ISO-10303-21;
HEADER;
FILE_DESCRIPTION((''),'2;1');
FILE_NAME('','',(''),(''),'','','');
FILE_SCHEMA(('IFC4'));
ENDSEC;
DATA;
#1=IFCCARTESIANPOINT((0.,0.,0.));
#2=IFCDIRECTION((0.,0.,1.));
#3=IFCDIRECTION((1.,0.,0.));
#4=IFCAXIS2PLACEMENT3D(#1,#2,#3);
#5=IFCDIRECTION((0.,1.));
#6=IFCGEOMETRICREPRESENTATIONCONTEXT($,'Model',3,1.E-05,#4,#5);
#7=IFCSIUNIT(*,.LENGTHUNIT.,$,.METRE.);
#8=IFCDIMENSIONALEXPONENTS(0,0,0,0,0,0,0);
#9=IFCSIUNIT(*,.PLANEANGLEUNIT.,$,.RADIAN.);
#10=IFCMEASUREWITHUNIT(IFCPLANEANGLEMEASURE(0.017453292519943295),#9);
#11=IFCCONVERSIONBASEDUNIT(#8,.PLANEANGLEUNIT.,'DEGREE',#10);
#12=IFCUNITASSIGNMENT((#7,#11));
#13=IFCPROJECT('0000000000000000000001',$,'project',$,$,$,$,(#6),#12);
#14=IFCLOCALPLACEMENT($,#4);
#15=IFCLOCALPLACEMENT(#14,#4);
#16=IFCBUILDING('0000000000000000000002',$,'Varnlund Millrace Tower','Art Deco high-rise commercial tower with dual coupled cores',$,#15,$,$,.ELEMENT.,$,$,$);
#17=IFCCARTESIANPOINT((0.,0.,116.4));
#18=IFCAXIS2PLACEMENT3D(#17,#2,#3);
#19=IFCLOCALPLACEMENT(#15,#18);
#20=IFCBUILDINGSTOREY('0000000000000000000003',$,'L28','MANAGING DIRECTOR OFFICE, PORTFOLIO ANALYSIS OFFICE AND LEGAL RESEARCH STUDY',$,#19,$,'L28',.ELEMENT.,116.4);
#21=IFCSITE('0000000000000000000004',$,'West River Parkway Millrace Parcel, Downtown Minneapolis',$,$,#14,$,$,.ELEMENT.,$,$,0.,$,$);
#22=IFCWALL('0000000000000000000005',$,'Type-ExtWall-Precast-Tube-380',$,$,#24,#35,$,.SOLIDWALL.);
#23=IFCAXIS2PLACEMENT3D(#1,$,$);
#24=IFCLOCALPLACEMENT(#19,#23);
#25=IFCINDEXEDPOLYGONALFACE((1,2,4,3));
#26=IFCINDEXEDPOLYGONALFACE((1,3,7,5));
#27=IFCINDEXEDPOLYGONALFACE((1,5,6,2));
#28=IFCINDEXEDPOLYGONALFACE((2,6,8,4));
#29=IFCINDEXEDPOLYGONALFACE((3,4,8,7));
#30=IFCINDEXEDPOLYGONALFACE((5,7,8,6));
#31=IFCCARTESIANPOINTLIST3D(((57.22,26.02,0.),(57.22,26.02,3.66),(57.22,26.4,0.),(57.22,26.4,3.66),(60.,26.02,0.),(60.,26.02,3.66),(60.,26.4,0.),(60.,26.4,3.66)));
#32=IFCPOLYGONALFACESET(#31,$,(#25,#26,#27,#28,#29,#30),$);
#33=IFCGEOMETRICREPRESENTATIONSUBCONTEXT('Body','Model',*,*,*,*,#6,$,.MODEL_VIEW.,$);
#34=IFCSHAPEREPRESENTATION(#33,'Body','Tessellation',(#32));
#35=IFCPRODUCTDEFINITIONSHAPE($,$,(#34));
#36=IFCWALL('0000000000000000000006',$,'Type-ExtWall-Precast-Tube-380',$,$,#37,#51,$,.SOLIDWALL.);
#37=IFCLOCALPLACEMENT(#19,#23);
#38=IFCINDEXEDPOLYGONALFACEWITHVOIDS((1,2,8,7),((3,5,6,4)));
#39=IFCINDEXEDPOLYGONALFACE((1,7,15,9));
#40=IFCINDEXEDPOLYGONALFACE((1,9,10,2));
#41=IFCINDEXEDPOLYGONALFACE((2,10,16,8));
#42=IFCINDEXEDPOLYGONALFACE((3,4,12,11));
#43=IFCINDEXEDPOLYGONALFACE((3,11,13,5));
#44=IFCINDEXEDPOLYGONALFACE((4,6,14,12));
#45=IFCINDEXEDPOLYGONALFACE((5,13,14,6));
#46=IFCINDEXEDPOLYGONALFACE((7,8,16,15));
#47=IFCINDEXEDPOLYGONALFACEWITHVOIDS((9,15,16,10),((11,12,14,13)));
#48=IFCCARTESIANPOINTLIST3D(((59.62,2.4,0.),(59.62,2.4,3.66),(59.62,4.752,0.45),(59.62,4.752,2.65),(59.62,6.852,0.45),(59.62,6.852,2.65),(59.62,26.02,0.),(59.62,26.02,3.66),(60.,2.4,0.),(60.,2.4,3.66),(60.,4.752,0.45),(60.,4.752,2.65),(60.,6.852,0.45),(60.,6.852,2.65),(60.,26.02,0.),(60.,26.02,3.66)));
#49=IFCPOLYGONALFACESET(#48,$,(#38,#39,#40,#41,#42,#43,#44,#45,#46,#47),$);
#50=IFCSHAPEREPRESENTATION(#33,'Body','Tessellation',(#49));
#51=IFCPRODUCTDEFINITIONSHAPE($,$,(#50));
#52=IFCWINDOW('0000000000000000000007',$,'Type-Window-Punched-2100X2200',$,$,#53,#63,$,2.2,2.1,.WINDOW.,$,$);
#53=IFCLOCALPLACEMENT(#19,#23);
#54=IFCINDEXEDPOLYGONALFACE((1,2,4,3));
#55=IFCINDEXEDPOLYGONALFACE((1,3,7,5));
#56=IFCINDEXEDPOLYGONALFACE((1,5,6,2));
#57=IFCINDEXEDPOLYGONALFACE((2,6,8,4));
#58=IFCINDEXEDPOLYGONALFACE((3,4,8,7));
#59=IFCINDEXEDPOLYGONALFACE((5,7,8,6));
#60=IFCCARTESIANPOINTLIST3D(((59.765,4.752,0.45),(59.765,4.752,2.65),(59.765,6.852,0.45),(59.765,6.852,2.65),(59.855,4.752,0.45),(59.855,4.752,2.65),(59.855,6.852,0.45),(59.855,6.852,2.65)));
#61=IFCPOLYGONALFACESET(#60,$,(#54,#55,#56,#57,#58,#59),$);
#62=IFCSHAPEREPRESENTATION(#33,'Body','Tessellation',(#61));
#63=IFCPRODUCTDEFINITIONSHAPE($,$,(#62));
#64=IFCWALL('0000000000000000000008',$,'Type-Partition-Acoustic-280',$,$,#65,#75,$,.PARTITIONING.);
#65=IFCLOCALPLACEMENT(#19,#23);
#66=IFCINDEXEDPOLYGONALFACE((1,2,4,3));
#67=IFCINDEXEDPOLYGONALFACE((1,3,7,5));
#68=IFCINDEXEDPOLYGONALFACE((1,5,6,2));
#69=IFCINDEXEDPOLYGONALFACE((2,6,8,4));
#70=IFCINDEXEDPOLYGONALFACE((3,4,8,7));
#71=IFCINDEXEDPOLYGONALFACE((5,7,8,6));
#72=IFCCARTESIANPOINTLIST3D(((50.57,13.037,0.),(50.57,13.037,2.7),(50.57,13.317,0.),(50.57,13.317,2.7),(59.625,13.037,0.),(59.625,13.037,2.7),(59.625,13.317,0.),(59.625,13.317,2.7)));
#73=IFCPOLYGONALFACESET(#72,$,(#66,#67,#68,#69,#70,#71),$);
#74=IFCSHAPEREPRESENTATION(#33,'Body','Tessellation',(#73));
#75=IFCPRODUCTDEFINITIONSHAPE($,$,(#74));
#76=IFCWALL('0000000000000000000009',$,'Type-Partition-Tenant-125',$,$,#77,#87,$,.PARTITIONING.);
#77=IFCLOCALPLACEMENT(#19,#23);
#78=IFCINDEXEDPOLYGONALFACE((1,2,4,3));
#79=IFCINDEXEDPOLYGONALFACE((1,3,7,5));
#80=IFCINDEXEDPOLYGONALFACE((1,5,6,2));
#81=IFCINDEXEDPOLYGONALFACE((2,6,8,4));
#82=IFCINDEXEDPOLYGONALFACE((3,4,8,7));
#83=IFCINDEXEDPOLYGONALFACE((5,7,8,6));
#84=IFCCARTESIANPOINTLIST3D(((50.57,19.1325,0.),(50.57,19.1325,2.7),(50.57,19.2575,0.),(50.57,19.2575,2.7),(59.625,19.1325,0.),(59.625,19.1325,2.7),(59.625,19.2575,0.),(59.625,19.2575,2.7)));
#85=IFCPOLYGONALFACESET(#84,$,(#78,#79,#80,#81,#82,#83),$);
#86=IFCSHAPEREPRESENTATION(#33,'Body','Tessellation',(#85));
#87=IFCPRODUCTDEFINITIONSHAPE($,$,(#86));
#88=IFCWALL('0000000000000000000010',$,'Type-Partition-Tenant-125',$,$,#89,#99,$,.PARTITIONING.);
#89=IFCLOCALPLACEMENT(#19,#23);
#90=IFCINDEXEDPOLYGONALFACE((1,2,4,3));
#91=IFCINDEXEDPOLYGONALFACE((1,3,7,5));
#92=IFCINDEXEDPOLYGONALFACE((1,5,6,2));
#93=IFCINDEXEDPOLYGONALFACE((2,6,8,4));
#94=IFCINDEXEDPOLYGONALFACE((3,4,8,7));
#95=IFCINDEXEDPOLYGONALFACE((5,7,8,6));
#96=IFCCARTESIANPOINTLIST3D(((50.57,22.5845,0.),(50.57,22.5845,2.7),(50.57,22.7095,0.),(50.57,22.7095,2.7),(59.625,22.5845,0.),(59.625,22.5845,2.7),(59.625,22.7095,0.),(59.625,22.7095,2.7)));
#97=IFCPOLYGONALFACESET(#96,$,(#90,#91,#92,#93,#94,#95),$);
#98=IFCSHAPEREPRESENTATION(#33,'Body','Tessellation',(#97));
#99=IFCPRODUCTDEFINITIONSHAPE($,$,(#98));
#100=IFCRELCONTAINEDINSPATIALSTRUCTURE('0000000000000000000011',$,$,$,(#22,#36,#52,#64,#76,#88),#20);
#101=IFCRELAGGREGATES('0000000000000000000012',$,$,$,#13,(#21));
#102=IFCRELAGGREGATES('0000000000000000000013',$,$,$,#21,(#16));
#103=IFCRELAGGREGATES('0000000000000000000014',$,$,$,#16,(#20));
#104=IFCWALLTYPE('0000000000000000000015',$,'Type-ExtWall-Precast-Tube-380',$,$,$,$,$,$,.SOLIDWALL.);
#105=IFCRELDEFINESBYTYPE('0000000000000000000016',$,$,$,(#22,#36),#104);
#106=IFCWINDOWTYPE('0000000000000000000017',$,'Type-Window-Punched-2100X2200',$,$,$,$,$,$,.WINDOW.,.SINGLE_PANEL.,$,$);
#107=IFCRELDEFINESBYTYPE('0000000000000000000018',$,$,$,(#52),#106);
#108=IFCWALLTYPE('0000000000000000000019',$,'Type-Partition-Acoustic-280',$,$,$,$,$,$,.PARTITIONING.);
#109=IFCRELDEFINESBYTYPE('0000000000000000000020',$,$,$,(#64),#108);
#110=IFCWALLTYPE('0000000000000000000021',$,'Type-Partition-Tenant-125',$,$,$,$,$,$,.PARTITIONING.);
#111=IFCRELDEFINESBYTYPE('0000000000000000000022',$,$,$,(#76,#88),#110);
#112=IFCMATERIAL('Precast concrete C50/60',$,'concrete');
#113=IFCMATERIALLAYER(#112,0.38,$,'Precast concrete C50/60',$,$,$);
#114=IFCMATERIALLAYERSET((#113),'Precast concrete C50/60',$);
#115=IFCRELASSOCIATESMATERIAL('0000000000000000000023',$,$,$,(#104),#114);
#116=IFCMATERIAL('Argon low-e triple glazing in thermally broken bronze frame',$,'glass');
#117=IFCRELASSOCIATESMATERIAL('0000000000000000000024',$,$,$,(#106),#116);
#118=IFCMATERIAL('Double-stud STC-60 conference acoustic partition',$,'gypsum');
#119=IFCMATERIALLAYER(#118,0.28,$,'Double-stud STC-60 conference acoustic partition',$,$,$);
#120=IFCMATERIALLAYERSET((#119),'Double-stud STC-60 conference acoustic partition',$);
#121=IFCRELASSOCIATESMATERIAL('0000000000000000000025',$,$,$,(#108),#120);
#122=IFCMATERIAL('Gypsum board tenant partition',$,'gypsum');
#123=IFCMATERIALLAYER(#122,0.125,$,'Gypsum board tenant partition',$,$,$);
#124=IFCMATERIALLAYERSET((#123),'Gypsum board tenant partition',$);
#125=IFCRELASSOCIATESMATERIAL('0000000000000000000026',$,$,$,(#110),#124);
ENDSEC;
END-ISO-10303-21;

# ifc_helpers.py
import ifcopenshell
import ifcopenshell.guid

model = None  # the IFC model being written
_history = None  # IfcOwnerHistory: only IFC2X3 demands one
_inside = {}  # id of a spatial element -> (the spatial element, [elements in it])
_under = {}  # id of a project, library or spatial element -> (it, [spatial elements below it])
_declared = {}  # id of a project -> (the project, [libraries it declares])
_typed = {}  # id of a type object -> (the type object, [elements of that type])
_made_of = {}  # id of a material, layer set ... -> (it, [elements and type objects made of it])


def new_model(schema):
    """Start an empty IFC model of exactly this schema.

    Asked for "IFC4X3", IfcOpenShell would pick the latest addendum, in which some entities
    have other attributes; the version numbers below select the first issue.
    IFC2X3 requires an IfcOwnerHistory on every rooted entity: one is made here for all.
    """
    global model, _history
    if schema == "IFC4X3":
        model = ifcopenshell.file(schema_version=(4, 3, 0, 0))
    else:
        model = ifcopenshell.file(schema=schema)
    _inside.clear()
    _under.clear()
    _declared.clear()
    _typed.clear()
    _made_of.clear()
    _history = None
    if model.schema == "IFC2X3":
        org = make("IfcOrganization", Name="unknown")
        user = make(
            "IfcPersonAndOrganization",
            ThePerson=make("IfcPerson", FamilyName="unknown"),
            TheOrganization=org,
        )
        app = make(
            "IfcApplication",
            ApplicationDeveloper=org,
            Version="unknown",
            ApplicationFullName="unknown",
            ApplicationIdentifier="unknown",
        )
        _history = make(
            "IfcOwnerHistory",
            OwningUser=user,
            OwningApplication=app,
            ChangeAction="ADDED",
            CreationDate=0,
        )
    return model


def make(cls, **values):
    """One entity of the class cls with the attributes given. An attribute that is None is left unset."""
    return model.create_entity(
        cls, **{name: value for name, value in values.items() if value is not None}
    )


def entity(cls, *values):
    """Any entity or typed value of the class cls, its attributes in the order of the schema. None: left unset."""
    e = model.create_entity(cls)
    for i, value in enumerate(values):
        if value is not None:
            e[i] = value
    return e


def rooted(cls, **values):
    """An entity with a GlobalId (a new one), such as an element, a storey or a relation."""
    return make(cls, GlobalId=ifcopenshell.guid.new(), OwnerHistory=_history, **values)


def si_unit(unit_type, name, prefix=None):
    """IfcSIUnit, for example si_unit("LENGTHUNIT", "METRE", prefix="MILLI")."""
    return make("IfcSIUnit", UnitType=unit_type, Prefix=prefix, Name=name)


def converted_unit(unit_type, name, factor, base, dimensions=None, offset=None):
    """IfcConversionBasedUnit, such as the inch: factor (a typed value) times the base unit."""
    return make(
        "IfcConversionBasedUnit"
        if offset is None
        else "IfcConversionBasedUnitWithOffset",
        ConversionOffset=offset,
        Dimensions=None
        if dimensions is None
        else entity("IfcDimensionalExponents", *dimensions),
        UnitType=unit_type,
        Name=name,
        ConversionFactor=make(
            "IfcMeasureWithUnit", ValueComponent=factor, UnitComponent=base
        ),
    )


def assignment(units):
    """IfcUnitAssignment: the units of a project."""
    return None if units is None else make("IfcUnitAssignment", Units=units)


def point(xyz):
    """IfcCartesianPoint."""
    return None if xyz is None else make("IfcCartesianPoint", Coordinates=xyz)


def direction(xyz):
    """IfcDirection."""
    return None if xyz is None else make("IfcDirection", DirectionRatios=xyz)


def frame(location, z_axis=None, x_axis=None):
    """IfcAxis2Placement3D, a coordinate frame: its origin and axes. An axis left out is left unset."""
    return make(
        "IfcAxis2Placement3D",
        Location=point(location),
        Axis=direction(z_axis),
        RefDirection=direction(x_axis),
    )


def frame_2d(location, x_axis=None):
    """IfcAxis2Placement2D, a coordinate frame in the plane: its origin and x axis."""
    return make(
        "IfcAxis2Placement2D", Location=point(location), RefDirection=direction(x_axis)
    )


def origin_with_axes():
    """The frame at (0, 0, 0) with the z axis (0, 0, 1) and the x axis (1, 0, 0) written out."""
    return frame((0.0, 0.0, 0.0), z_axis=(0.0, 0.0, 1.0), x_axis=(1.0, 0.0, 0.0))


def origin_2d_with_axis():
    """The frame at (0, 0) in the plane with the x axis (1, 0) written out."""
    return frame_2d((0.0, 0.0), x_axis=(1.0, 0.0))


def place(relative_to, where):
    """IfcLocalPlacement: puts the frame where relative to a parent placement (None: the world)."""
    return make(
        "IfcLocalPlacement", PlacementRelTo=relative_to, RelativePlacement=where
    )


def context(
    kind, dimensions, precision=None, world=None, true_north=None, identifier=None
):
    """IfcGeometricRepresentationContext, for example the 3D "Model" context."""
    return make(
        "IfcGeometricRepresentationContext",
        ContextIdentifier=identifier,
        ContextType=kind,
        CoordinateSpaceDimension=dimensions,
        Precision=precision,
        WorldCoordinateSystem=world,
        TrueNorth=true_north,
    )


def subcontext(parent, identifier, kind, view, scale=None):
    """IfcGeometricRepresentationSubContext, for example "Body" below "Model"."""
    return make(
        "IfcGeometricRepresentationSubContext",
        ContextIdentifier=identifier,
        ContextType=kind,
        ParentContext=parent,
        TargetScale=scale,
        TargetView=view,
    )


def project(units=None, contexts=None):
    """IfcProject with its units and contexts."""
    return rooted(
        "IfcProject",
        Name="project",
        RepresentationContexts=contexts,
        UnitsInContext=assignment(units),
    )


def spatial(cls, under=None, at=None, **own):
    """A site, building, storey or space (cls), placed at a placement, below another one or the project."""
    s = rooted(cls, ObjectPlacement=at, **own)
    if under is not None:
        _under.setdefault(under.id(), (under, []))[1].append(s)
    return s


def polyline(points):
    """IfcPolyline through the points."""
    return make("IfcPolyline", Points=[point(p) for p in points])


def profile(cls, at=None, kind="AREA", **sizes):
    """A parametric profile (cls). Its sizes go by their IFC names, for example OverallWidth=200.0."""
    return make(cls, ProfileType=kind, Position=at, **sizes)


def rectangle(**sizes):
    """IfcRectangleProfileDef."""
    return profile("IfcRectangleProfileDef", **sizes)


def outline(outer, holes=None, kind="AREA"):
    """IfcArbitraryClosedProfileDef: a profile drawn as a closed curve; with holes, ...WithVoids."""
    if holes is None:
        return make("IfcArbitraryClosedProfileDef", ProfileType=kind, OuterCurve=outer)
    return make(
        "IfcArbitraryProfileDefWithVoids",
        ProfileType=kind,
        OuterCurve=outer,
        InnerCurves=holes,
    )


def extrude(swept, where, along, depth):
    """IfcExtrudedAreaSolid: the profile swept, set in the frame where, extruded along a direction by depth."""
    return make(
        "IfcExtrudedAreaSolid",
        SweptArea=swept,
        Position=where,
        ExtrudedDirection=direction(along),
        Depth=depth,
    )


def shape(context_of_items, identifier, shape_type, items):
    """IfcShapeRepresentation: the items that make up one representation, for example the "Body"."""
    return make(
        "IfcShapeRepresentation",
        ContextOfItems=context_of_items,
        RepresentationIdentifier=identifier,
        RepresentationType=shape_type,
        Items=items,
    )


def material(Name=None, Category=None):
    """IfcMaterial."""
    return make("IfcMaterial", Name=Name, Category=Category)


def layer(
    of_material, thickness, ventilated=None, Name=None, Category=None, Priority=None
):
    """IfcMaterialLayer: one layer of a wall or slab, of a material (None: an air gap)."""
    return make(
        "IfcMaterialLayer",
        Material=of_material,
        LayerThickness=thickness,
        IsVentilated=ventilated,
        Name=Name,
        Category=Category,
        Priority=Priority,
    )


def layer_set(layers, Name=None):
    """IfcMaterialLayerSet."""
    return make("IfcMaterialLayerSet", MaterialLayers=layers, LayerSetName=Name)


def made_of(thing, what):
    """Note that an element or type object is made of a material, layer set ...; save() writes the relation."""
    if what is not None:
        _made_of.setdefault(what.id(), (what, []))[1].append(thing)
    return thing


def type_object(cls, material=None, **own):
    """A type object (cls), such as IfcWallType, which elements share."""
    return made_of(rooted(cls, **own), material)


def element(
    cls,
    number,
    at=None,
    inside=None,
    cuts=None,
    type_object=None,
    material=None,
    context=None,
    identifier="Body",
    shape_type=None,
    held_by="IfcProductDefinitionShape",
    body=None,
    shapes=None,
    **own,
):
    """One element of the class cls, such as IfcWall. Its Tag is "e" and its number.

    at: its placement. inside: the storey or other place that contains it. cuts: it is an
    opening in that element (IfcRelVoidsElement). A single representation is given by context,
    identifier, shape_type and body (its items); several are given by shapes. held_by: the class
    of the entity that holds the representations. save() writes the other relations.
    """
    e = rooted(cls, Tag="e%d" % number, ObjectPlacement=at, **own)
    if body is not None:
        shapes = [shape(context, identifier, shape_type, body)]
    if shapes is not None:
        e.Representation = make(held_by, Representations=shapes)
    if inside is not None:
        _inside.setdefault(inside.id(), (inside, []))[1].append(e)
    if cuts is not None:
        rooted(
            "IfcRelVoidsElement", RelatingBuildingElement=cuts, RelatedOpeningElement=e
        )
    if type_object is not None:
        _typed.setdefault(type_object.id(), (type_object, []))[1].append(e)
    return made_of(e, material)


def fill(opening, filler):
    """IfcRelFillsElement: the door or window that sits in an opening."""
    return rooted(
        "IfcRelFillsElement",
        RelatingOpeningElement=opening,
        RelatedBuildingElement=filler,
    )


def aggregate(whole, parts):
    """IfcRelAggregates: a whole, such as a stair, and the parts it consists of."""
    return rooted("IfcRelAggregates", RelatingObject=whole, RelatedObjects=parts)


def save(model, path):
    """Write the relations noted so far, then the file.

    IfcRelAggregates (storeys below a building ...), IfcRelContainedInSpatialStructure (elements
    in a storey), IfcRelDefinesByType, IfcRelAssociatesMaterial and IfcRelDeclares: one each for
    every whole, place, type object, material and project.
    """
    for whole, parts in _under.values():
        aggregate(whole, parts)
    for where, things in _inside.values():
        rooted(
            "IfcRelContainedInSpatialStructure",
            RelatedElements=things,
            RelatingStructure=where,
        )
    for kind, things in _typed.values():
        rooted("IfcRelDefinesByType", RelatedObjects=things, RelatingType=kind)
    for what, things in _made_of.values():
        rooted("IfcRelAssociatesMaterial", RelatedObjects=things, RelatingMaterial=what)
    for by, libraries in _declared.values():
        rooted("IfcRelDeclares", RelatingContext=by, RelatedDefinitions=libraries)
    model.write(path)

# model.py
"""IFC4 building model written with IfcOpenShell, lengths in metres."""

from ifc_helpers import new_model, entity, si_unit, converted_unit, direction, frame, origin_with_axes, origin_2d_with_axis, place, context, subcontext, project, spatial, polyline, rectangle, outline, extrude, material, layer, layer_set, type_object, element, fill, save


model = new_model("IFC4")

# Units and contexts
model_context = context("Model", 3, precision=1e-05, world=origin_with_axes(), true_north=direction((0.0, 1.0)))
body_context = subcontext(model_context, "Body", "Model", "MODEL_VIEW")
ifc_project = project(units=[si_unit("LENGTHUNIT", "METRE"), converted_unit("PLANEANGLEUNIT", "DEGREE", entity("IfcPlaneAngleMeasure", 0.017453292519943295), si_unit("PLANEANGLEUNIT", "RADIAN"), dimensions=[0, 0, 0, 0, 0, 0, 0])], contexts=[model_context])

# Site, building, storey
site_placement = place(None, origin_with_axes())
site = spatial("IfcSite", under=ifc_project, at=site_placement, Name="West River Parkway Millrace Parcel, Downtown Minneapolis", CompositionType="ELEMENT", RefElevation=0.0)
building_placement = place(site_placement, origin_with_axes())
building = spatial("IfcBuilding", under=site, at=building_placement, Name="Varnlund Millrace Tower", Description="Art Deco high-rise commercial tower with dual coupled cores", CompositionType="ELEMENT")
storey_placement = place(building_placement, frame((0.0, 0.0, 116.4), z_axis=(0.0, 0.0, 1.0), x_axis=(1.0, 0.0, 0.0)))
storey = spatial("IfcBuildingStorey", under=building, at=storey_placement, Name="L28", Description="MANAGING DIRECTOR OFFICE, PORTFOLIO ANALYSIS OFFICE AND LEGAL RESEARCH STUDY", LongName="L28", CompositionType="ELEMENT", Elevation=116.4)

# Wall
ifc_material_1 = material(Name="Precast concrete C50/60", Category="concrete")
ifc_layer_1 = layer(ifc_material_1, 0.38, Name="Precast concrete C50/60")
ifc_layer_set_1 = layer_set([ifc_layer_1], Name="Precast concrete C50/60")
wall_type_1 = type_object("IfcWallType", Name="Type-ExtWall-Precast-Tube-380", PredefinedType="SOLIDWALL", material=ifc_layer_set_1)
wall_1_placement = place(storey_placement, frame((57.22, 26.21, 0.0), z_axis=(0.0, 0.0, 1.0), x_axis=(1.0, 0.0, 0.0)))
element("IfcWall", 1, at=wall_1_placement, inside=storey, type_object=wall_type_1, Name="Type-ExtWall-Precast-Tube-380", PredefinedType="SOLIDWALL", context=body_context, shape_type="SweptSolid", body=[
    extrude(outline(polyline([(0.0, -0.19), (2.78, -0.19), (2.78, 0.19), (0.0, 0.19), (0.0, -0.19)])), origin_with_axes(), (0.0, 0.0, 1.0), 3.66),
])

# Wall, opening, window
wall_2_placement = place(storey_placement, frame((59.81, 26.02, 0.0), z_axis=(0.0, 0.0, 1.0), x_axis=(0.0, -1.0, 0.0)))
wall_2 = element("IfcWall", 2, at=wall_2_placement, inside=storey, type_object=wall_type_1, Name="Type-ExtWall-Precast-Tube-380", PredefinedType="SOLIDWALL", context=body_context, shape_type="SweptSolid", body=[
    extrude(outline(polyline([(0.0, -0.19), (23.62, -0.19), (23.62, 0.19), (0.0, 0.19), (0.0, -0.19)])), origin_with_axes(), (0.0, 0.0, 1.0), 3.66),
])
opening_placement = place(wall_2_placement, frame((20.218, 0.0, 0.45), z_axis=(0.0, 0.0, 1.0), x_axis=(1.0, 0.0, 0.0)))
opening = element("IfcOpeningElement", 3, at=opening_placement, cuts=wall_2, PredefinedType="OPENING", context=body_context, shape_type="SweptSolid", body=[
    extrude(rectangle(XDim=2.1, YDim=0.4, at=origin_2d_with_axis()), origin_with_axes(), (0.0, 0.0, 1.0), 2.2),
])
ifc_material_2 = material(Name="Argon low-e triple glazing in thermally broken bronze frame", Category="glass")
window_type = type_object("IfcWindowType", Name="Type-Window-Punched-2100X2200", PartitioningType="SINGLE_PANEL", PredefinedType="WINDOW", material=ifc_material_2)
window_placement = place(wall_2_placement, frame((20.218, 0.0, 0.45), z_axis=(0.0, 0.0, 1.0), x_axis=(1.0, 0.0, 0.0)))
window = element("IfcWindow", 4, at=window_placement, inside=storey, type_object=window_type, Name="Type-Window-Punched-2100X2200", OverallHeight=2.2, OverallWidth=2.1, PredefinedType="WINDOW", context=body_context, shape_type="SweptSolid", body=[
    extrude(rectangle(XDim=2.1, YDim=0.09, at=origin_2d_with_axis()), origin_with_axes(), (0.0, 0.0, 1.0), 2.2),
])
fill(opening, window)

# Walls
ifc_material_3 = material(Name="Double-stud STC-60 conference acoustic partition", Category="gypsum")
ifc_layer_2 = layer(ifc_material_3, 0.28, Name="Double-stud STC-60 conference acoustic partition")
ifc_layer_set_2 = layer_set([ifc_layer_2], Name="Double-stud STC-60 conference acoustic partition")
wall_type_2 = type_object("IfcWallType", Name="Type-Partition-Acoustic-280", PredefinedType="PARTITIONING", material=ifc_layer_set_2)
wall_3_placement = place(storey_placement, frame((50.57, 13.177, 0.0), z_axis=(0.0, 0.0, 1.0), x_axis=(1.0, 0.0, 0.0)))
element("IfcWall", 5, at=wall_3_placement, inside=storey, type_object=wall_type_2, Name="Type-Partition-Acoustic-280", PredefinedType="PARTITIONING", context=body_context, shape_type="SweptSolid", body=[
    extrude(outline(polyline([(0.0, -0.14), (9.055, -0.14), (9.055, 0.14), (0.0, 0.14), (0.0, -0.14)])), origin_with_axes(), (0.0, 0.0, 1.0), 2.7),
])
ifc_material_4 = material(Name="Gypsum board tenant partition", Category="gypsum")
ifc_layer_3 = layer(ifc_material_4, 0.125, Name="Gypsum board tenant partition")
ifc_layer_set_3 = layer_set([ifc_layer_3], Name="Gypsum board tenant partition")
wall_type_3 = type_object("IfcWallType", Name="Type-Partition-Tenant-125", PredefinedType="PARTITIONING", material=ifc_layer_set_3)
for number, where, z_axis, x_axis, name in (
    (6, (50.57, 19.195, 0.0), (0.0, 0.0, 1.0), (1.0, 0.0, 0.0), "Type-Partition-Tenant-125"),
    (7, (50.57, 22.647, 0.0), (0.0, 0.0, 1.0), (1.0, 0.0, 0.0), "Type-Partition-Tenant-125"),
):
    element("IfcWall", number, at=place(storey_placement, frame(where, z_axis=z_axis, x_axis=x_axis)), inside=storey, type_object=wall_type_3, Name=name, PredefinedType="PARTITIONING", context=body_context, shape_type="SweptSolid", body=[
        extrude(outline(polyline([(0.0, -0.0625), (9.055, -0.0625), (9.055, 0.0625), (0.0, 0.0625), (0.0, -0.0625)])), origin_with_axes(), (0.0, 0.0, 1.0), 2.7),
    ])

save(model, "model.ifc")
